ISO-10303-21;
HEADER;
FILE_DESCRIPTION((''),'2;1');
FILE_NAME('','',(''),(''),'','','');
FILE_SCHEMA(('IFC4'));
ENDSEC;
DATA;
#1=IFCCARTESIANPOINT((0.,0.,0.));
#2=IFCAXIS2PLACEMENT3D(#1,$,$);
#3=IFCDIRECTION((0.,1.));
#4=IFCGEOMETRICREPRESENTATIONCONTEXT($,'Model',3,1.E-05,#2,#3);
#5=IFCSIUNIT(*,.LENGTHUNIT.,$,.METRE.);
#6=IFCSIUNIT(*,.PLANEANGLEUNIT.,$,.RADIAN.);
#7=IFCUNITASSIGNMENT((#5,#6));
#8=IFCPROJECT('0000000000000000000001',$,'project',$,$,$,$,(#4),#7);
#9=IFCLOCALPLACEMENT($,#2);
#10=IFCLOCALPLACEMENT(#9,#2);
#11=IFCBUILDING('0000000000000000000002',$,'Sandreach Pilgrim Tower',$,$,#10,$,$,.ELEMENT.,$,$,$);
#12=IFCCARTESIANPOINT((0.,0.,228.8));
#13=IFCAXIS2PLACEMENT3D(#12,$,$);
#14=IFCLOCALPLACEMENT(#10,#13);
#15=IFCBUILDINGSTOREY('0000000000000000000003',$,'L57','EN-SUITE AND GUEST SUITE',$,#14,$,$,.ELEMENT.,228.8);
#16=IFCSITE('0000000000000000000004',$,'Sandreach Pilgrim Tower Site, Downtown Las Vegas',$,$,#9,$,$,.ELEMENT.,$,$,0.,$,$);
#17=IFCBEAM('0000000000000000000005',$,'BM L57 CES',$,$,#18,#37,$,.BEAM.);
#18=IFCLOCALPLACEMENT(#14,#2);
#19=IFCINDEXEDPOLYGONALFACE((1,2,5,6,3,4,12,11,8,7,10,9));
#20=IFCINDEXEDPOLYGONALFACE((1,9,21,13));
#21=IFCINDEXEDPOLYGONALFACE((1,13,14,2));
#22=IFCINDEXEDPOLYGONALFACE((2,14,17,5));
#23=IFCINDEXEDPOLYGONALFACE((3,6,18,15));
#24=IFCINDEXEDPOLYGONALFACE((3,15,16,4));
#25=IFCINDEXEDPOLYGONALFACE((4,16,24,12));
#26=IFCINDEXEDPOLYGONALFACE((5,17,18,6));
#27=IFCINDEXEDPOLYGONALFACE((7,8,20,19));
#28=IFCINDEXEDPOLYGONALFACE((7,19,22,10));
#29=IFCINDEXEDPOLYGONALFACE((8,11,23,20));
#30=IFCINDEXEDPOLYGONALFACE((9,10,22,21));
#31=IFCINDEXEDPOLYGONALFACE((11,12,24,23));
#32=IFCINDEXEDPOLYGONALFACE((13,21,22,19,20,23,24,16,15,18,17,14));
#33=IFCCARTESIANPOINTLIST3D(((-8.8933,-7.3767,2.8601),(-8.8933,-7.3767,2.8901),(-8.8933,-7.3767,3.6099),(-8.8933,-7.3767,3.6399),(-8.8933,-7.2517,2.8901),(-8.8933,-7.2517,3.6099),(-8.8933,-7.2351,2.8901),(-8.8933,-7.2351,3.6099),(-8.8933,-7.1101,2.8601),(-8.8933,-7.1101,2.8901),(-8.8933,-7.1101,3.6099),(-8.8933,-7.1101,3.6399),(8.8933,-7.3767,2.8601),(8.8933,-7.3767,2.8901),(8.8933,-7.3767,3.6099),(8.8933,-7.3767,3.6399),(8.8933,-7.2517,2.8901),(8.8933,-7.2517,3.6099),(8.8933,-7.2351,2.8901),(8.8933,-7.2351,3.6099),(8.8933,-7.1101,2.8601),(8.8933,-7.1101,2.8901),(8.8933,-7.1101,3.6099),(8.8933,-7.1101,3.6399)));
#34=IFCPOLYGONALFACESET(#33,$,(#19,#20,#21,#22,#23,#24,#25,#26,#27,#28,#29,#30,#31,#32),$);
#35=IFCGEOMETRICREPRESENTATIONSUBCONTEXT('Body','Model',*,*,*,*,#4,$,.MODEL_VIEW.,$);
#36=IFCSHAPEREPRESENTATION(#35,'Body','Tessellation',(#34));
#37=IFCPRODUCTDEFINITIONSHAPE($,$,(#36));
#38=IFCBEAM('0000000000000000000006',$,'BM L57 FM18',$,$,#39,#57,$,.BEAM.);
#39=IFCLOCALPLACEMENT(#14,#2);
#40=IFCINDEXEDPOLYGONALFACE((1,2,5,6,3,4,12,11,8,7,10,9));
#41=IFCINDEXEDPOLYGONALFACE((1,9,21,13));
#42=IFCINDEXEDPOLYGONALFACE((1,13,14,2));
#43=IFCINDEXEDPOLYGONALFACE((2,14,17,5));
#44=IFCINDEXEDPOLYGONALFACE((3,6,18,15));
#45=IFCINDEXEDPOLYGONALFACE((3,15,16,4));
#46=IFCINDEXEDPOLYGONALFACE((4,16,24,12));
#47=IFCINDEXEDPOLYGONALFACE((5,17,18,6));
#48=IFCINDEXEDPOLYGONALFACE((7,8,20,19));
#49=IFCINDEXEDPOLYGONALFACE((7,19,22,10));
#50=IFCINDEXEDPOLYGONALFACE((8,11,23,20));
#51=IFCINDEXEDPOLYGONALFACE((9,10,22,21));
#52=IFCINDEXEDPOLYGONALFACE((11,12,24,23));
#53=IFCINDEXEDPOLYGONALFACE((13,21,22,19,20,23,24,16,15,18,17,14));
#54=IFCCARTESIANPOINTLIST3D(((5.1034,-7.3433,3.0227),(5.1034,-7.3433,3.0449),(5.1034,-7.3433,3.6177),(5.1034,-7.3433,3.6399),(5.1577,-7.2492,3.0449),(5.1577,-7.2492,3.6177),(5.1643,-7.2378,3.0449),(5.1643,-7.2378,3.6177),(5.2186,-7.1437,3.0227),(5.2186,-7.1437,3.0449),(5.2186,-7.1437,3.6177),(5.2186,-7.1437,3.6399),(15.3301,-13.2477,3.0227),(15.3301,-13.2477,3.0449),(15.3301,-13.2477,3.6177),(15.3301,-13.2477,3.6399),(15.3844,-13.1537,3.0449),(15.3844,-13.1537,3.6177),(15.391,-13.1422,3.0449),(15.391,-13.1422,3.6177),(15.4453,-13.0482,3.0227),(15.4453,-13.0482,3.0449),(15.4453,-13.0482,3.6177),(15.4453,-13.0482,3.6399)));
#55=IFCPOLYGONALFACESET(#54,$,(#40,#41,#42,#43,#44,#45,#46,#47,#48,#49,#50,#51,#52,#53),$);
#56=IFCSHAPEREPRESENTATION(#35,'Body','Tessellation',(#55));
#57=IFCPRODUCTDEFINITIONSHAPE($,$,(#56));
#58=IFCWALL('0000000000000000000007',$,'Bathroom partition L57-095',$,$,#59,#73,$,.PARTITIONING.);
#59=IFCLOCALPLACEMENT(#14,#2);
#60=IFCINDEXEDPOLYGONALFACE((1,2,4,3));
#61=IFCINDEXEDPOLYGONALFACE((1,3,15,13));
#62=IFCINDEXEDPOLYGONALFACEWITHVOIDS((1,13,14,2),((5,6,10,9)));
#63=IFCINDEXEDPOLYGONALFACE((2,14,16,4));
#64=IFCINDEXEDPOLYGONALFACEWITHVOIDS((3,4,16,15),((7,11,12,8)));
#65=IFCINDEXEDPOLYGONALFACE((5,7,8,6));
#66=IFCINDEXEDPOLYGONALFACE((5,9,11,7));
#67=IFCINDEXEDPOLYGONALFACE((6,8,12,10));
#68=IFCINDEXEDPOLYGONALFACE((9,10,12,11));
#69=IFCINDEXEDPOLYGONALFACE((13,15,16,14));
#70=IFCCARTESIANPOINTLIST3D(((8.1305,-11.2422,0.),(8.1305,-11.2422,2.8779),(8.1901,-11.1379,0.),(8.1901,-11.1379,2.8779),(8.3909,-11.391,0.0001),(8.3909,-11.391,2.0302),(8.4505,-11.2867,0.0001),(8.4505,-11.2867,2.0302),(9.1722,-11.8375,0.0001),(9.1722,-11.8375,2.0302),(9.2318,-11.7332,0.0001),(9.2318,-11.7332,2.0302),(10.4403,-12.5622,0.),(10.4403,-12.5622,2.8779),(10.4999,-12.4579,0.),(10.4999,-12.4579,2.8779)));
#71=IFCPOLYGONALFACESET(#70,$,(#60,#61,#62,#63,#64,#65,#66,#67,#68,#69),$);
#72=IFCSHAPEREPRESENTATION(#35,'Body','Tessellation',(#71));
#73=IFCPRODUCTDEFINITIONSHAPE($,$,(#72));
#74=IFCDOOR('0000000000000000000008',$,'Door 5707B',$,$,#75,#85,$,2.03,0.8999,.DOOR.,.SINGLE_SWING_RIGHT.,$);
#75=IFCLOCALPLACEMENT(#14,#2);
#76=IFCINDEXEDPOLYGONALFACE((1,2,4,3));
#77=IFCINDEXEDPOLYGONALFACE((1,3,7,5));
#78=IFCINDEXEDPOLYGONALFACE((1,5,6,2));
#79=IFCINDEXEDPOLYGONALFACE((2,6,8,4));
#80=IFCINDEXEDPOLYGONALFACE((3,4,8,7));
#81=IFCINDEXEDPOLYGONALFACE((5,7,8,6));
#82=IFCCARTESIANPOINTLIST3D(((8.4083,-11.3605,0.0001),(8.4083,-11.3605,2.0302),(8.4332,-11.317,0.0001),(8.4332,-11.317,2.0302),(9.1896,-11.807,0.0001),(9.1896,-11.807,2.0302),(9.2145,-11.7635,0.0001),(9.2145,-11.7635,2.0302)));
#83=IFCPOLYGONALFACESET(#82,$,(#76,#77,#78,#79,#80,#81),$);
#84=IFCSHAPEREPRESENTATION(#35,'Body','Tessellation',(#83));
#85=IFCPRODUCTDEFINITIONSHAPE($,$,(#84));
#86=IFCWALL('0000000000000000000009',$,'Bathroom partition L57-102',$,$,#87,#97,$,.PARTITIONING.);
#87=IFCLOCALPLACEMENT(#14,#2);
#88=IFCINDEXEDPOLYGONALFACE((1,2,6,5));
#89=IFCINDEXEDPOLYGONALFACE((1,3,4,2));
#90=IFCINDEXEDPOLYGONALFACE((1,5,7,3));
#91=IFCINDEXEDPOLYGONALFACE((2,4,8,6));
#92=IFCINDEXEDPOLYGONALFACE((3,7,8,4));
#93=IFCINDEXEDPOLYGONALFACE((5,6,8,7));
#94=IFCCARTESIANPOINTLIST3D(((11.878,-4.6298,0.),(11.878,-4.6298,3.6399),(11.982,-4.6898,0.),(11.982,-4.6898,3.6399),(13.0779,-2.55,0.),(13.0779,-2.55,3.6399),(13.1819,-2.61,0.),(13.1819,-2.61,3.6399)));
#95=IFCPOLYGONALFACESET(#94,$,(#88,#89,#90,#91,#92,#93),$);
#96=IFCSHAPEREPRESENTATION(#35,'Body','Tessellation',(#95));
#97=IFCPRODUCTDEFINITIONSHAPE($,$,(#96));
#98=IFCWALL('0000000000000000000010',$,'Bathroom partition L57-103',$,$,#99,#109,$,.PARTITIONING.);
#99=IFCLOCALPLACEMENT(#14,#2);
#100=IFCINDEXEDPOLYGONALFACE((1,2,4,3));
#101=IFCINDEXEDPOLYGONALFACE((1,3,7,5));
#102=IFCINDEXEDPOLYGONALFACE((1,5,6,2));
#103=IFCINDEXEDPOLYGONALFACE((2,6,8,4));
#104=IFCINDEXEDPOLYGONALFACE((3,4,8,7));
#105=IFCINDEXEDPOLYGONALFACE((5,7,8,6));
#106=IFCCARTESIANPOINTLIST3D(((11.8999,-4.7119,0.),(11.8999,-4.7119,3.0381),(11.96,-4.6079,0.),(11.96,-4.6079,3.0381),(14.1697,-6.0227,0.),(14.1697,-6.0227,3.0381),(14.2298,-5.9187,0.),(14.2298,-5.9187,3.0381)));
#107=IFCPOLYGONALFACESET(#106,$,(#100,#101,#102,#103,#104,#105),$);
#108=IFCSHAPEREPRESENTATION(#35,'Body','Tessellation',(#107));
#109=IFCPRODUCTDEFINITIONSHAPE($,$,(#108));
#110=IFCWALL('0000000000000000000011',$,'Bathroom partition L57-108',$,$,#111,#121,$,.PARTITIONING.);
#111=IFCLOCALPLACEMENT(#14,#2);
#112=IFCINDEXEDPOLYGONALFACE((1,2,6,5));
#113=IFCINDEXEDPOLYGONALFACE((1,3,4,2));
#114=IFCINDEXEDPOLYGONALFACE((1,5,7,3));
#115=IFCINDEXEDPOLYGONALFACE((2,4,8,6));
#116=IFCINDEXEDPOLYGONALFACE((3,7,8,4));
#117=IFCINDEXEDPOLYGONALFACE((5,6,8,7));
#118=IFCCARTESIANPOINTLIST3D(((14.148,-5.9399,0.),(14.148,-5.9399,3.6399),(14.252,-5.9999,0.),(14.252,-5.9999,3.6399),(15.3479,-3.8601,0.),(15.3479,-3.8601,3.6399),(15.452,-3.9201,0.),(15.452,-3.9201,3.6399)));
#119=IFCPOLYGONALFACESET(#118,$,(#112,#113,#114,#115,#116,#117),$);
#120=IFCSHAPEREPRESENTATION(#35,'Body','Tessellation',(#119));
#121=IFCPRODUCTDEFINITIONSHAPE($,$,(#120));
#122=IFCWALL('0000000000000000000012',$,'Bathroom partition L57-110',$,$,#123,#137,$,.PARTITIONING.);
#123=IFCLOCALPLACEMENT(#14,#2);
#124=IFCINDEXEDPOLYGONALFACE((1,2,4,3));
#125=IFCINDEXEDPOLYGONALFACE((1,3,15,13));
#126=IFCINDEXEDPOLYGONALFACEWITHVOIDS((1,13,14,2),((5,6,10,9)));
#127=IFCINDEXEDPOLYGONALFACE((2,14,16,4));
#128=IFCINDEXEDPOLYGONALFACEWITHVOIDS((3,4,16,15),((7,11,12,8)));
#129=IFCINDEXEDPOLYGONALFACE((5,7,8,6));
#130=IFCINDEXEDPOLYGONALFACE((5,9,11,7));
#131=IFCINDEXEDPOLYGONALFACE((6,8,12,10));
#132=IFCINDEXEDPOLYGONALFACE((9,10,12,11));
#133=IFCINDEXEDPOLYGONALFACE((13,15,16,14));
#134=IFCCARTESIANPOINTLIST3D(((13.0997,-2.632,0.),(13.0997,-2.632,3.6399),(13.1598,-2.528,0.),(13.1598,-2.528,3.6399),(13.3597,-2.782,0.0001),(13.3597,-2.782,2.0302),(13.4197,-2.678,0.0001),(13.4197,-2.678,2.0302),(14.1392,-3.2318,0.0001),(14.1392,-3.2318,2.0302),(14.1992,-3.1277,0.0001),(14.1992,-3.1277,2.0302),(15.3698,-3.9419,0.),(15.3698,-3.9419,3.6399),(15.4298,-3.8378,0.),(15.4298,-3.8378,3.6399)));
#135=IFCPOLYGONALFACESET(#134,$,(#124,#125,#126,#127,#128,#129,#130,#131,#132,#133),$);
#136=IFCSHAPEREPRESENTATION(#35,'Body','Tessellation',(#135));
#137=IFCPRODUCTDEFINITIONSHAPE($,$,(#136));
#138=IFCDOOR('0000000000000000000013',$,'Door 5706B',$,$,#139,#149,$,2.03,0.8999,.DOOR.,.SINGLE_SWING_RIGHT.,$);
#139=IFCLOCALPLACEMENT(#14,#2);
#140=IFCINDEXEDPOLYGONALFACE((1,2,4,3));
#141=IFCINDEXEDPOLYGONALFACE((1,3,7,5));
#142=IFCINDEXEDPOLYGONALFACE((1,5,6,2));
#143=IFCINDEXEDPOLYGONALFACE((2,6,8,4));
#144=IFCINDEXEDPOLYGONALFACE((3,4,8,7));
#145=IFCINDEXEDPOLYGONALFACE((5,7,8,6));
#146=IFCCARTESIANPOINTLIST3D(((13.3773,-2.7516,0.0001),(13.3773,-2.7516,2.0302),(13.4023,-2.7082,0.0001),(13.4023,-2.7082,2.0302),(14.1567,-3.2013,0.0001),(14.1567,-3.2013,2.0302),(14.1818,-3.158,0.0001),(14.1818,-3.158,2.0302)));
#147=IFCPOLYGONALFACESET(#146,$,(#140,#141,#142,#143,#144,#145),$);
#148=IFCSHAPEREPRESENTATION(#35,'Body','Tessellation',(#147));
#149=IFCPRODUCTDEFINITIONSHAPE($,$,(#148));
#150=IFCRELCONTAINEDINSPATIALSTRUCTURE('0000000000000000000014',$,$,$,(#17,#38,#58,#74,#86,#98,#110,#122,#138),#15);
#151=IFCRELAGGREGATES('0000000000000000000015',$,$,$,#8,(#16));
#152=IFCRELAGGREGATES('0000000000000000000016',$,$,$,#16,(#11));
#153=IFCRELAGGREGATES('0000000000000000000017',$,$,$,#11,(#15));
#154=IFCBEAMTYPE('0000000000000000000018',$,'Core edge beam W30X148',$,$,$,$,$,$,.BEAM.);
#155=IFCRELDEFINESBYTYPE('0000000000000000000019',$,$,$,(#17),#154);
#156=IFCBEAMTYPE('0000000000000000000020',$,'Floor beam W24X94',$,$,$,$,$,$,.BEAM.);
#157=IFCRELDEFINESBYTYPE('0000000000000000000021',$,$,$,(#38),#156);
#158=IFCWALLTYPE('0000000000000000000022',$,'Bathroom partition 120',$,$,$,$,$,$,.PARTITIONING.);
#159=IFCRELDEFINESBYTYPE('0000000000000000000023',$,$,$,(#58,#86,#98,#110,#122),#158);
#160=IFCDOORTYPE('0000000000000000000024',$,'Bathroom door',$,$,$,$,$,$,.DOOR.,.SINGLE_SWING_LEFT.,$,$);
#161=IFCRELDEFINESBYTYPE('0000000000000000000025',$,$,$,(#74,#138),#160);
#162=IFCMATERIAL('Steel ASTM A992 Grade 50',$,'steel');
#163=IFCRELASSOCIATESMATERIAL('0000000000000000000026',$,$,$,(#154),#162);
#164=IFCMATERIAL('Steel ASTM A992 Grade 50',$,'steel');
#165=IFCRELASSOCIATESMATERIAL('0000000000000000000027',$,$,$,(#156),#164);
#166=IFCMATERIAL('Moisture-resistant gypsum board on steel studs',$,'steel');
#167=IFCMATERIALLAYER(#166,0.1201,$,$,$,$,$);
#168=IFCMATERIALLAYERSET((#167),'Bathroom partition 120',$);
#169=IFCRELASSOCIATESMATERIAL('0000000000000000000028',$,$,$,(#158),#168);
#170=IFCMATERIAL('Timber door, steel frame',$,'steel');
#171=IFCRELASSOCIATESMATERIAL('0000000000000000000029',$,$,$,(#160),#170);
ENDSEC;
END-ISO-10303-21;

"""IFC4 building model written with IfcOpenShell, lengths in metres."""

from ifc_helpers import new_model, si_unit, direction, frame, frame_2d, origin, origin_2d, place, context, subcontext, project, spatial, rectangle, i_section, extrude, material, layer, layer_set, material_profile, profile_set, type_object, element, fill, save


model = new_model("IFC4")

# Units and contexts
model_context = context("Model", 3, precision=1e-05, world=origin(), true_north=direction((0.0, 1.0)))
body_context = subcontext(model_context, "Body", "Model", "MODEL_VIEW")
ifc_project = project(units=[si_unit("LENGTHUNIT", "METRE"), si_unit("PLANEANGLEUNIT", "RADIAN")], contexts=[model_context])

# Site, building, storey
site_placement = place(None, origin())
site = spatial("IfcSite", under=ifc_project, at=site_placement, Name="Sandreach Pilgrim Tower Site, Downtown Las Vegas", CompositionType="ELEMENT", RefElevation=0.0)
building_placement = place(site_placement, origin())
building = spatial("IfcBuilding", under=site, at=building_placement, Name="Sandreach Pilgrim Tower", CompositionType="ELEMENT")
storey_placement = place(building_placement, frame((0.0, 0.0, 228.8)))
storey = spatial("IfcBuildingStorey", under=building, at=storey_placement, Name="L57", Description="EN-SUITE AND GUEST SUITE", CompositionType="ELEMENT", Elevation=228.8)

# Beams
ifc_material_1 = material(Name="Steel ASTM A992 Grade 50", Category="steel")
ifc_material_profile_1 = material_profile(ifc_material_1, i_section(OverallWidth=0.2666, OverallDepth=0.7798, WebThickness=0.0166, FlangeThickness=0.03, at=origin_2d()), Name="W30X148")
ifc_profile_set_1 = profile_set([ifc_material_profile_1], Name="Steel ASTM A992 Grade 50")
beam_type_1 = type_object("IfcBeamType", Name="Core edge beam W30X148", PredefinedType="BEAM", material=ifc_profile_set_1)
beam_1_placement = place(storey_placement, frame((8.8933, -7.2434, 3.25), z_axis=(-1.0, 0.0, 0.0), x_axis=(0.0, -1.0, 0.0)))
element("IfcBeam", 1, at=beam_1_placement, inside=storey, type_object=beam_type_1, Name="BM L57 CES", PredefinedType="BEAM", context=body_context, shape_type="SweptSolid", body=[
    extrude(i_section(OverallWidth=0.2666, OverallDepth=0.7798, WebThickness=0.0166, FlangeThickness=0.03, at=origin_2d()), origin(), (0.0, 0.0, 1.0), 17.7866),
])
ifc_material_2 = material(Name="Steel ASTM A992 Grade 50", Category="steel")
ifc_material_profile_2 = material_profile(ifc_material_2, i_section(OverallWidth=0.2305, OverallDepth=0.6172, WebThickness=0.0132, FlangeThickness=0.0222, at=origin_2d()), Name="W24X94")
ifc_profile_set_2 = profile_set([ifc_material_profile_2], Name="Steel ASTM A992 Grade 50")
beam_type_2 = type_object("IfcBeamType", Name="Floor beam W24X94", PredefinedType="BEAM", material=ifc_profile_set_2)
beam_2_placement = place(storey_placement, frame((15.3877, -13.1479, 3.3313), z_axis=(-0.866022, 0.500006, 0.0), x_axis=(-0.500006, -0.866022, 0.0)))
element("IfcBeam", 2, at=beam_2_placement, inside=storey, type_object=beam_type_2, Name="BM L57 FM18", PredefinedType="BEAM", context=body_context, shape_type="SweptSolid", body=[
    extrude(i_section(OverallWidth=0.2305, OverallDepth=0.6172, WebThickness=0.0132, FlangeThickness=0.0222, at=origin_2d()), origin(), (0.0, 0.0, 1.0), 11.8088),
])

# Wall, opening, door
ifc_material_3 = material(Name="Moisture-resistant gypsum board on steel studs", Category="steel")
ifc_layer_1 = layer(ifc_material_3, 0.1201)
ifc_layer_set_1 = layer_set([ifc_layer_1], Name="Bathroom partition 120")
wall_type_1 = type_object("IfcWallType", Name="Bathroom partition 120", PredefinedType="PARTITIONING", material=ifc_layer_set_1)
wall_1_placement = place(storey_placement, frame((10.47, -12.51, 0.0), z_axis=(0.0, 0.0, 1.0), x_axis=(-0.868215, 0.496188, 0.0)))
wall_1 = element("IfcWall", 3, at=wall_1_placement, inside=storey, type_object=wall_type_1, Name="Bathroom partition L57-095", PredefinedType="PARTITIONING", context=body_context, shape_type="SweptSolid", body=[
    extrude(rectangle(XDim=2.6604, YDim=0.1201, at=frame_2d((1.3301, 0.0))), origin(), (0.0, 0.0, 1.0), 2.8779),
])
opening_1_placement = place(wall_1_placement, frame((1.4604, 0.0, 0.0)))
opening_1 = element("IfcOpeningElement", 4, at=opening_1_placement, cuts=wall_1, PredefinedType="OPENING", context=body_context, shape_type="SweptSolid", body=[
    extrude(rectangle(XDim=0.8999, YDim=2.03, at=frame_2d((0.45, 1.0151))), frame((0.0, 0.0601, 0.0), z_axis=(0.0, -1.0, 0.0), x_axis=(1.0, 0.0, 0.0)), (0.0, 0.0, 1.0), 0.1201),
])
ifc_material_4 = material(Name="Timber door, steel frame", Category="steel")
door_type_1 = type_object("IfcDoorType", Name="Bathroom door", OperationType="SINGLE_SWING_LEFT", PredefinedType="DOOR", material=ifc_material_4)
door_1_placement = place(opening_1_placement, origin())
door_1 = element("IfcDoor", 5, at=door_1_placement, inside=storey, type_object=door_type_1, Name="Door 5707B", OperationType="SINGLE_SWING_RIGHT", OverallHeight=2.03, OverallWidth=0.8999, PredefinedType="DOOR", context=body_context, shape_type="SweptSolid", body=[
    extrude(rectangle(XDim=0.8999, YDim=2.03, at=frame_2d((0.45, 1.0151))), frame((0.0, 0.0249, 0.0), z_axis=(0.0, -1.0, 0.0), x_axis=(1.0, 0.0, 0.0)), (0.0, 0.0, 1.0), 0.05),
])
fill(opening_1, door_1)

# Walls
wall_2_placement = place(storey_placement, frame((11.9299, -4.6599, 0.0), z_axis=(0.0, 0.0, 1.0), x_axis=(0.499737, 0.866177, 0.0)))
element("IfcWall", 6, at=wall_2_placement, inside=storey, type_object=wall_type_1, Name="Bathroom partition L57-102", PredefinedType="PARTITIONING", context=body_context, shape_type="SweptSolid", body=[
    extrude(rectangle(XDim=2.4011, YDim=0.1201, at=frame_2d((1.2007, 0.0))), origin(), (0.0, 0.0, 1.0), 3.6399),
])
wall_3_placement = place(storey_placement, frame((11.9299, -4.6599, 0.0), z_axis=(0.0, 0.0, 1.0), x_axis=(0.86597, -0.500096, 0.0)))
element("IfcWall", 7, at=wall_3_placement, inside=storey, type_object=wall_type_1, Name="Bathroom partition L57-103", PredefinedType="PARTITIONING", context=body_context, shape_type="SweptSolid", body=[
    extrude(rectangle(XDim=2.6211, YDim=0.1201, at=frame_2d((1.3105, 0.0))), origin(), (0.0, 0.0, 1.0), 3.0381),
])
wall_4_placement = place(storey_placement, frame((14.2, -5.97, 0.0), z_axis=(0.0, 0.0, 1.0), x_axis=(0.499737, 0.866177, 0.0)))
element("IfcWall", 8, at=wall_4_placement, inside=storey, type_object=wall_type_1, Name="Bathroom partition L57-108", PredefinedType="PARTITIONING", context=body_context, shape_type="SweptSolid", body=[
    extrude(rectangle(XDim=2.4011, YDim=0.1201, at=frame_2d((1.2007, 0.0))), origin(), (0.0, 0.0, 1.0), 3.6399),
])

# Wall, opening, door
wall_5_placement = place(storey_placement, frame((15.3999, -3.8899, 0.0), z_axis=(0.0, 0.0, 1.0), x_axis=(-0.866155, 0.499776, 0.0)))
wall_5 = element("IfcWall", 9, at=wall_5_placement, inside=storey, type_object=wall_type_1, Name="Bathroom partition L57-110", PredefinedType="PARTITIONING", context=body_context, shape_type="SweptSolid", body=[
    extrude(rectangle(XDim=2.6208, YDim=0.1201, at=frame_2d((1.3105, 0.0))), origin(), (0.0, 0.0, 1.0), 3.6399),
])
opening_2_placement = place(wall_5_placement, frame((1.4209, 0.0, 0.0)))
opening_2 = element("IfcOpeningElement", 10, at=opening_2_placement, cuts=wall_5, PredefinedType="OPENING", context=body_context, shape_type="SweptSolid", body=[
    extrude(rectangle(XDim=0.8999, YDim=2.03, at=frame_2d((0.45, 1.0151))), frame((0.0, 0.0601, 0.0), z_axis=(0.0, -1.0, 0.0), x_axis=(1.0, 0.0, 0.0)), (0.0, 0.0, 1.0), 0.1201),
])
door_2_placement = place(opening_2_placement, origin())
door_2 = element("IfcDoor", 11, at=door_2_placement, inside=storey, type_object=door_type_1, Name="Door 5706B", OperationType="SINGLE_SWING_RIGHT", OverallHeight=2.03, OverallWidth=0.8999, PredefinedType="DOOR", context=body_context, shape_type="SweptSolid", body=[
    extrude(rectangle(XDim=0.8999, YDim=2.03, at=frame_2d((0.45, 1.0151))), frame((0.0, 0.0249, 0.0), z_axis=(0.0, -1.0, 0.0), x_axis=(1.0, 0.0, 0.0)), (0.0, 0.0, 1.0), 0.05),
])
fill(opening_2, door_2)

save(model, "model.ifc")
